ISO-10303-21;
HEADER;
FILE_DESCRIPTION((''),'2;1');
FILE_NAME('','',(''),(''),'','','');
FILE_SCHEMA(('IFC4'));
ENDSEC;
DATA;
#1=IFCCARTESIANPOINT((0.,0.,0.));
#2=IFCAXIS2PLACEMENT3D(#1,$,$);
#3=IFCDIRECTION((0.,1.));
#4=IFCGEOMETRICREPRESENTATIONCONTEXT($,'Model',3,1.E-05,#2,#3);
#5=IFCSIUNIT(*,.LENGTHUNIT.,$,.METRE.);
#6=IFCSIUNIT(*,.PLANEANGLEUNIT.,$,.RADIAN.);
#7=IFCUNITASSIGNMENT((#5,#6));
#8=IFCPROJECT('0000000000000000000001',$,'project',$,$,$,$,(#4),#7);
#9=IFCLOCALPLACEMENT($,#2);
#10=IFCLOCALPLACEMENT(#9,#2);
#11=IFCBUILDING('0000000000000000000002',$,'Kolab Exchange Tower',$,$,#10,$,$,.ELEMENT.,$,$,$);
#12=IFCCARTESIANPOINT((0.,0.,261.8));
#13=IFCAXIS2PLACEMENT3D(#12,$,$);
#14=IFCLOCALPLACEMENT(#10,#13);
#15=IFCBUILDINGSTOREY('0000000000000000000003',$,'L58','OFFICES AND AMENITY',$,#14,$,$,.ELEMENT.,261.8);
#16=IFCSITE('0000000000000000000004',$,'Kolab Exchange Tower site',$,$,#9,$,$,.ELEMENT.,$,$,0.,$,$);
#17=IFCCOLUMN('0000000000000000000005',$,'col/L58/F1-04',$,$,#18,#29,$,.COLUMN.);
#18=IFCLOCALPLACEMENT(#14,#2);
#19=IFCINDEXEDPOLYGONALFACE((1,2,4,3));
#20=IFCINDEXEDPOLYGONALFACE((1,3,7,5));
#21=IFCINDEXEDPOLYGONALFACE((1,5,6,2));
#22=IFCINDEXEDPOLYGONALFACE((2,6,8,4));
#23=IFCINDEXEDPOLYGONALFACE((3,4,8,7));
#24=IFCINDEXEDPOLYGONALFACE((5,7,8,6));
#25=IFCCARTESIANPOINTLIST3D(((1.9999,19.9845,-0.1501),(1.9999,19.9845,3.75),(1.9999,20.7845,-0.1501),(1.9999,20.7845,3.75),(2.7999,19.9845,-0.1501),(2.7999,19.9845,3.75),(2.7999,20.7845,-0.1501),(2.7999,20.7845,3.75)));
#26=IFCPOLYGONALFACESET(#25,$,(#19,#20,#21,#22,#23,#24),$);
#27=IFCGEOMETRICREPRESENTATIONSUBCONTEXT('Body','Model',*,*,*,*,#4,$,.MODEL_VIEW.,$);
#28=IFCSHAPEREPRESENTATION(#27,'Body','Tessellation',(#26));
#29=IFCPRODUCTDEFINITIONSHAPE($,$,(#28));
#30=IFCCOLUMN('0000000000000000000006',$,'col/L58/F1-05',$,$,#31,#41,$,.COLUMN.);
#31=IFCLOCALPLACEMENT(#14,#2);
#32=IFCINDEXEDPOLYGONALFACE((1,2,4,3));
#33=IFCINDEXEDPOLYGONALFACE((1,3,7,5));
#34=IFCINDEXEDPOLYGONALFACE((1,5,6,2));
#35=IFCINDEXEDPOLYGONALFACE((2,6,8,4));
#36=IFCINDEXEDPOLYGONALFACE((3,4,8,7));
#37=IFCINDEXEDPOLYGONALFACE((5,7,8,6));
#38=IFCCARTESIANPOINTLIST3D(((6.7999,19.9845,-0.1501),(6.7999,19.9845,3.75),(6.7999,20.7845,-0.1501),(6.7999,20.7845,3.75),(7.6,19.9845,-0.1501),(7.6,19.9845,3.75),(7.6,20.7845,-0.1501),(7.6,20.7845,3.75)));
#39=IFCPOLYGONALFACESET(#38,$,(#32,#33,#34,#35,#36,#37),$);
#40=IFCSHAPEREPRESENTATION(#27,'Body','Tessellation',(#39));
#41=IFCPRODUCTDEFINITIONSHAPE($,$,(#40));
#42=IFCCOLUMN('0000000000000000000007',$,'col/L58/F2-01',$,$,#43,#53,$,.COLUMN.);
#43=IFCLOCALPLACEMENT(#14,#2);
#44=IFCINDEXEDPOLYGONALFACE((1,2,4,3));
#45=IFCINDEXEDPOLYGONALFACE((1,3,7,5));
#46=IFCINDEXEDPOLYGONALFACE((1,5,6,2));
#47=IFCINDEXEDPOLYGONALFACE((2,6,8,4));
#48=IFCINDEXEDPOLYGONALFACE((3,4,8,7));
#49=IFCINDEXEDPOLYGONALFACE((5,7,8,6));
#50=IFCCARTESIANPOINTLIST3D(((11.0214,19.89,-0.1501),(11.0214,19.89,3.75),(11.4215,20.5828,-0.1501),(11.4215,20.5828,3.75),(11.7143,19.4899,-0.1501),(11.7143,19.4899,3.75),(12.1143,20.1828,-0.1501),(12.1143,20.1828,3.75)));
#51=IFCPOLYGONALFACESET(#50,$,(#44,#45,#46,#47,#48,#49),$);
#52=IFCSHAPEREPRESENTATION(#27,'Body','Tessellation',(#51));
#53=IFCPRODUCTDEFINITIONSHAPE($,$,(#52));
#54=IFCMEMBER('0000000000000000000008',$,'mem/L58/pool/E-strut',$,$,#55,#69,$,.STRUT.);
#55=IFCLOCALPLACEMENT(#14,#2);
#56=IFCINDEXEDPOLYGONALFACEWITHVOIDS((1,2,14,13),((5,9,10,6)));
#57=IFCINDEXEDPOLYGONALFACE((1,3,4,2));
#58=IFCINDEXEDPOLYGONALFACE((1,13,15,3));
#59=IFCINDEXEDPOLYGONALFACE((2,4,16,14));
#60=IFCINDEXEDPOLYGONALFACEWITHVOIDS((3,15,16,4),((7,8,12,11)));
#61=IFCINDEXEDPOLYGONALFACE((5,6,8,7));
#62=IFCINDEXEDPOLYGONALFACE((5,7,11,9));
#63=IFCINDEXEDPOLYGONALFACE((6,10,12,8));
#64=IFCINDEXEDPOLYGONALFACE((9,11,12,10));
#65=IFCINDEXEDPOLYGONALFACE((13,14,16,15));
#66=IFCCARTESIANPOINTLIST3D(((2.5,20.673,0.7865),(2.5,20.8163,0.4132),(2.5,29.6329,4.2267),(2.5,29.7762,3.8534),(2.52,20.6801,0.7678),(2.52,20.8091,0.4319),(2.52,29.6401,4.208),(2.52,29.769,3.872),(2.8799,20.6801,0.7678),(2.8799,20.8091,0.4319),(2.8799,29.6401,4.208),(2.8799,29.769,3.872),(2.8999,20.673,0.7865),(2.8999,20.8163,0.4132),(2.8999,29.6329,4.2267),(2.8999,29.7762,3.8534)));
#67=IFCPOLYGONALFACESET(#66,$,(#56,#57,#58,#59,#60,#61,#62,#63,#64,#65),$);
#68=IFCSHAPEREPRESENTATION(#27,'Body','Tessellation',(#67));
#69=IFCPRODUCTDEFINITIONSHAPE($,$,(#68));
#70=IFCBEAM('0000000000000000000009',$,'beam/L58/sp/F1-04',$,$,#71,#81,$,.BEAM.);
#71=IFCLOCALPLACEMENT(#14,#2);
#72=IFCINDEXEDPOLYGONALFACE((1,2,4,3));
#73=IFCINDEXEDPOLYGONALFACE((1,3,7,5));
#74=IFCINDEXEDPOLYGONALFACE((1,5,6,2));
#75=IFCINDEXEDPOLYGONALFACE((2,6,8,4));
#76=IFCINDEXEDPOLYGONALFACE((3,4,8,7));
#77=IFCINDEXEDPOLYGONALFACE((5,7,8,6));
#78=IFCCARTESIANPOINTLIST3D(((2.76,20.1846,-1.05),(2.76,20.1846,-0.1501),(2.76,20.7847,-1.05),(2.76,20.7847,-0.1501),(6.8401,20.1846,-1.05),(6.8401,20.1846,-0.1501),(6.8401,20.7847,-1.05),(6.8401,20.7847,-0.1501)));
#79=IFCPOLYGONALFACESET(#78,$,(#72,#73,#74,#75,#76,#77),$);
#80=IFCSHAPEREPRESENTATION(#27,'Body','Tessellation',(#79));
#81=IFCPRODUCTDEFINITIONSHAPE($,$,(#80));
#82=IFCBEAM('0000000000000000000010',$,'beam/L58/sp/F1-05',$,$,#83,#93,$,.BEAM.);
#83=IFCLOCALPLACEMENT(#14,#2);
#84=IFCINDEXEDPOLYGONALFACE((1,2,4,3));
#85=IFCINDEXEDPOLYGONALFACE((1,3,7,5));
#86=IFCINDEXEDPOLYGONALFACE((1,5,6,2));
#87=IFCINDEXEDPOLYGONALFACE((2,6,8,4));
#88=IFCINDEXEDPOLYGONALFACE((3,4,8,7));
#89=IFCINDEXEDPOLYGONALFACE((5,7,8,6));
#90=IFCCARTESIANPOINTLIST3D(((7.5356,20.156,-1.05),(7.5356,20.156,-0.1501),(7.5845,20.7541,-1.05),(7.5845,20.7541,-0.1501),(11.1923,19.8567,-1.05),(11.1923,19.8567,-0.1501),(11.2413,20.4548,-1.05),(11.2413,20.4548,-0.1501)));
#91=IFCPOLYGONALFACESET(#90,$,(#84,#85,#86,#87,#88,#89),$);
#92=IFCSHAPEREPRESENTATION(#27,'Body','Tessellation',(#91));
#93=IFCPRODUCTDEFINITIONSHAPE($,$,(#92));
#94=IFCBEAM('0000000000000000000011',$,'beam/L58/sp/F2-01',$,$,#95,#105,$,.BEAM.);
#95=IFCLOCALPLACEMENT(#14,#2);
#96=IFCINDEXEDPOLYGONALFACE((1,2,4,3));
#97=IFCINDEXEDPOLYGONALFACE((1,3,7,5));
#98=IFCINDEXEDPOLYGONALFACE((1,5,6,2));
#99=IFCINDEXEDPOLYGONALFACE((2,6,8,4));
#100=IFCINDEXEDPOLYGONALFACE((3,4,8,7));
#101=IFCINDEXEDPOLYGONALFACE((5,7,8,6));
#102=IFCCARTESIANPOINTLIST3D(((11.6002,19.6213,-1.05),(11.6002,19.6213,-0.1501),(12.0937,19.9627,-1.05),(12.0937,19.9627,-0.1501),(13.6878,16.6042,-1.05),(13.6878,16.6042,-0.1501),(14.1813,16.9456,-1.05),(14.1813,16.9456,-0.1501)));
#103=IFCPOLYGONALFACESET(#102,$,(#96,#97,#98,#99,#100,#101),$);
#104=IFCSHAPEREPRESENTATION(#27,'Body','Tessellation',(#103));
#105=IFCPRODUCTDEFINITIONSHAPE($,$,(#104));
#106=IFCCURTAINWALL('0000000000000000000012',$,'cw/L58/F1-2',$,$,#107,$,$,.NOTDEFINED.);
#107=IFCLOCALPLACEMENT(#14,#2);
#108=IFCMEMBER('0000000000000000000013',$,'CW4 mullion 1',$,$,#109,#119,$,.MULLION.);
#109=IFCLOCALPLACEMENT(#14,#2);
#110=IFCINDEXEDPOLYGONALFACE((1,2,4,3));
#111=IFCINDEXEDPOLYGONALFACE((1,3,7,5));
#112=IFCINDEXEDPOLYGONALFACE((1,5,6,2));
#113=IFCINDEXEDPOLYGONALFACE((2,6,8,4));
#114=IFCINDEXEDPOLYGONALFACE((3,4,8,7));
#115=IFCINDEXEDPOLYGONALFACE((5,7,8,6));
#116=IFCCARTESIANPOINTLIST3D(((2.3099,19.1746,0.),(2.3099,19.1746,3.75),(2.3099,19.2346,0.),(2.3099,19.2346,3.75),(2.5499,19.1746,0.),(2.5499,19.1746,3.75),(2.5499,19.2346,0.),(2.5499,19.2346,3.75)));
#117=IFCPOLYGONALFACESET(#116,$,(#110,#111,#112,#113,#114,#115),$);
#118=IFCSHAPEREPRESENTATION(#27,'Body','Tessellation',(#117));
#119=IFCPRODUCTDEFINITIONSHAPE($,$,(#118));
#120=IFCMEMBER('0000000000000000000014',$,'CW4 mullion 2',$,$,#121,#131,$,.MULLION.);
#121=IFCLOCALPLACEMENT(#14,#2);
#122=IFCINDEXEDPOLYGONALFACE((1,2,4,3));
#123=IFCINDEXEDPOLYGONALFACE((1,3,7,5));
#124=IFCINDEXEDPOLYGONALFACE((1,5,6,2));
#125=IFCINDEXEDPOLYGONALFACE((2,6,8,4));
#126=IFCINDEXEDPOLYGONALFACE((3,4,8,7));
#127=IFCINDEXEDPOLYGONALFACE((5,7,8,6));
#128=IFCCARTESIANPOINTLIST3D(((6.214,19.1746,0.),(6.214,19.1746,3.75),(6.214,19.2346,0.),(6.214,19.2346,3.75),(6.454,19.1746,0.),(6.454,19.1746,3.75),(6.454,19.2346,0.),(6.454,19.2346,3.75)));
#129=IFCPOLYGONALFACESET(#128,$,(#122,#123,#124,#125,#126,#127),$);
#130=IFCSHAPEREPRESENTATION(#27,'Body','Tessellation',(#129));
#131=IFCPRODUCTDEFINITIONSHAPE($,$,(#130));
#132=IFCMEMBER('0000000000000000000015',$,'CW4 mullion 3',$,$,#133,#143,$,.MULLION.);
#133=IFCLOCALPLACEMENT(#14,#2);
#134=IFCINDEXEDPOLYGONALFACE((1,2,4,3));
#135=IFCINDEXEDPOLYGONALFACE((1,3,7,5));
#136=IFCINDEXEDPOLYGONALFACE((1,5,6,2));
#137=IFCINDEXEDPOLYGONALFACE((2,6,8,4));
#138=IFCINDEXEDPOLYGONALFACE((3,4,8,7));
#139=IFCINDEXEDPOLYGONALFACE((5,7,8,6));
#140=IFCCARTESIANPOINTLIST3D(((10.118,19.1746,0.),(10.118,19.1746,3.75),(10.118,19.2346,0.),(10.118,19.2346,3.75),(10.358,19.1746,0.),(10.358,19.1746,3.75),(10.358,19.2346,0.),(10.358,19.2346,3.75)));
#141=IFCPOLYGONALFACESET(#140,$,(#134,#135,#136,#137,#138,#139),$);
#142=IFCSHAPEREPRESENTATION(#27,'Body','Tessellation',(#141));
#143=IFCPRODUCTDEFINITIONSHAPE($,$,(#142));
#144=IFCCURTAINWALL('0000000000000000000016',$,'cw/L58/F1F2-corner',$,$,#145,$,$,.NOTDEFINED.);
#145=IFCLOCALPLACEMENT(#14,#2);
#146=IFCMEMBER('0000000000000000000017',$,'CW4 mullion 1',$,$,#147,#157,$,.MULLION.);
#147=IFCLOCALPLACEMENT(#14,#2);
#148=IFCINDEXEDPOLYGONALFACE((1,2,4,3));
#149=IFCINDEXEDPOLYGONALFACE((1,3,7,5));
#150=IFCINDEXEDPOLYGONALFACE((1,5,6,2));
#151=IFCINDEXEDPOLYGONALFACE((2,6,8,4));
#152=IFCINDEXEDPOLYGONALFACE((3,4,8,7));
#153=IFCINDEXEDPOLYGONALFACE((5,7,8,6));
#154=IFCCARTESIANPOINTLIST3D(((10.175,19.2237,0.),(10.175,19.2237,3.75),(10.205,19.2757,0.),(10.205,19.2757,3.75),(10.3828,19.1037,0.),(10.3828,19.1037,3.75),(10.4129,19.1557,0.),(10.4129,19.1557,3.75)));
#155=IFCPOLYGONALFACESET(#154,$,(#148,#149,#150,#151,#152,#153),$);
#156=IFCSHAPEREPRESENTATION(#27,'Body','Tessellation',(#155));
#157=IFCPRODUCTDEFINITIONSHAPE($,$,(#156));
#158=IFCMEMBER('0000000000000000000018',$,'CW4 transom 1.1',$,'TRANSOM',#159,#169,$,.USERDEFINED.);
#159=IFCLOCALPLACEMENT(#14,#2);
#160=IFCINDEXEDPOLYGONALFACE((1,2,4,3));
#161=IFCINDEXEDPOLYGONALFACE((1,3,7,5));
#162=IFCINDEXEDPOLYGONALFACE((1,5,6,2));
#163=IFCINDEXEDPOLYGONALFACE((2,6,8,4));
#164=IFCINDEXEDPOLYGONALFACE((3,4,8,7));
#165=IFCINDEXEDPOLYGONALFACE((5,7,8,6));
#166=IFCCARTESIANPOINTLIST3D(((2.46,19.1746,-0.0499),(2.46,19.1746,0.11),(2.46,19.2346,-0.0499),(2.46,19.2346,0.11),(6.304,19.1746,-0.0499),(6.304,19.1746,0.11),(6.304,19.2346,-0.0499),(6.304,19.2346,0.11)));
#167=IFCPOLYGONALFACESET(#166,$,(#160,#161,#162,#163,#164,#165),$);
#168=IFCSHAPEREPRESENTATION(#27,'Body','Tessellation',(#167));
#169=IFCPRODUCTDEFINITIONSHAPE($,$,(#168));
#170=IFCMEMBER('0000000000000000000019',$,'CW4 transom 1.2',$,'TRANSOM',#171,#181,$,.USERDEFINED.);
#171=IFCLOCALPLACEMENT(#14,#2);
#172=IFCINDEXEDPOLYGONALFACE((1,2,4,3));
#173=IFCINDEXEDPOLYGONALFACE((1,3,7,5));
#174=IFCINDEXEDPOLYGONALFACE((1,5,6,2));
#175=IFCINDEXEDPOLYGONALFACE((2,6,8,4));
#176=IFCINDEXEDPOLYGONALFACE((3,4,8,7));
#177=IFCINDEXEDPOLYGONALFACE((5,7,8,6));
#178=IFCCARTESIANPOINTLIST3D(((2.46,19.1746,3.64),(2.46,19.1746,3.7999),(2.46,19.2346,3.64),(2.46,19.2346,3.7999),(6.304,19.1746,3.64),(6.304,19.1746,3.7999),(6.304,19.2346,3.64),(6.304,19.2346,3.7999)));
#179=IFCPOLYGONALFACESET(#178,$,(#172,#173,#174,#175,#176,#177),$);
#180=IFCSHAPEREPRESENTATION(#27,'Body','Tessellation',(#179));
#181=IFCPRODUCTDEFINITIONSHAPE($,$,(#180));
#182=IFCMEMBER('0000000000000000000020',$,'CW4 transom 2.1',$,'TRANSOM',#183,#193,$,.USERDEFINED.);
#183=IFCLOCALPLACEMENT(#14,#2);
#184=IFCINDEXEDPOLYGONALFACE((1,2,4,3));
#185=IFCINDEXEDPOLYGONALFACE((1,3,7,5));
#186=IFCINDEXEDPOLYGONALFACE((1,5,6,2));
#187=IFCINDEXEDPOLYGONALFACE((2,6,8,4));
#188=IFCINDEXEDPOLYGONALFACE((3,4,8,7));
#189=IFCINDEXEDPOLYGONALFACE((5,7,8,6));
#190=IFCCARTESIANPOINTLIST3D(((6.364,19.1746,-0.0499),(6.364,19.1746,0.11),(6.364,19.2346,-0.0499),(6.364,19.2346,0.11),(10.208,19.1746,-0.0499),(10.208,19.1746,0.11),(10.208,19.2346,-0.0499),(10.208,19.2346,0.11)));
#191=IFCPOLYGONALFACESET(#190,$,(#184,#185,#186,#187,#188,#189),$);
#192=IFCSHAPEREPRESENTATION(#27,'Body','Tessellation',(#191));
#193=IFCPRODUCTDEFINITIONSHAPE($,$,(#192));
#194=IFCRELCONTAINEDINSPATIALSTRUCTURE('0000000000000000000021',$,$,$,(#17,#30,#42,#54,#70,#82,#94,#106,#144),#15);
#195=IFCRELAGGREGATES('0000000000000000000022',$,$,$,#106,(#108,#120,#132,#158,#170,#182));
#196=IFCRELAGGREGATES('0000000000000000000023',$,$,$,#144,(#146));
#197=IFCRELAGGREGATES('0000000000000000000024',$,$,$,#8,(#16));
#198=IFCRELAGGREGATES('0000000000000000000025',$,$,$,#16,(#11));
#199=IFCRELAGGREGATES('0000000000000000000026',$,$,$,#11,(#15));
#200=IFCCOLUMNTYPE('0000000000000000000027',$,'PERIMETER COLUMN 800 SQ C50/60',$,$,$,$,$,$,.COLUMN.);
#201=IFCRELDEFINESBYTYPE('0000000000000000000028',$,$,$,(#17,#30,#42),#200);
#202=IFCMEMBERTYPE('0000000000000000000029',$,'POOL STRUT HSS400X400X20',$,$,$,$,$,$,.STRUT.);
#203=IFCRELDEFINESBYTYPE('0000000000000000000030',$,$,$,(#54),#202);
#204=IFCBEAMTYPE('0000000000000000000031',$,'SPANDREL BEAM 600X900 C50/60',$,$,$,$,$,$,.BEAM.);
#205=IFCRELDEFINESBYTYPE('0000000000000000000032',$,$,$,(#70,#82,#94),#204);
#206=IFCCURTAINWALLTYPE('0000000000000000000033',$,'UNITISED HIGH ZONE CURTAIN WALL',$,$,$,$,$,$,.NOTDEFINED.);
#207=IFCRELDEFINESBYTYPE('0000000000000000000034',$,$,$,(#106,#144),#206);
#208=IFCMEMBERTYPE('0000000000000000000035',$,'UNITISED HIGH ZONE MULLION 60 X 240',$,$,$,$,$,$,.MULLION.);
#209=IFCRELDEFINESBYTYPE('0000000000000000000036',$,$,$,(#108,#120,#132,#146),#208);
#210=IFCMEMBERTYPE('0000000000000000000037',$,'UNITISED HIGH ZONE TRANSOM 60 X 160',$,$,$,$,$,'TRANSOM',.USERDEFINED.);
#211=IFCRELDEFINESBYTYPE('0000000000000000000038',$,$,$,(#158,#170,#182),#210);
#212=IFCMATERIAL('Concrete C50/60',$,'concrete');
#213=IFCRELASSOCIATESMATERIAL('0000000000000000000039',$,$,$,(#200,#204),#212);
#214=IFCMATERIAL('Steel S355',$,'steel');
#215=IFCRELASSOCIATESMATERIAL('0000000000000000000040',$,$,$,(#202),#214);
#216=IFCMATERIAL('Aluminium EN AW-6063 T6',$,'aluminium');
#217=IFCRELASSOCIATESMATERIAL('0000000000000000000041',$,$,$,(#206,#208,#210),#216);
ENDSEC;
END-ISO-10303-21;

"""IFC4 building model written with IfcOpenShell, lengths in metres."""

from ifc_helpers import new_model, si_unit, direction, frame, origin, origin_2d, place, context, subcontext, project, spatial, rectangle, hollow_rectangle, extrude, material, material_profile, profile_set, type_object, element, aggregate, save


model = new_model("IFC4")

# Units and contexts
model_context = context("Model", 3, precision=1e-05, world=origin(), true_north=direction((0.0, 1.0)))
body_context = subcontext(model_context, "Body", "Model", "MODEL_VIEW")
ifc_project = project(units=[si_unit("LENGTHUNIT", "METRE"), si_unit("PLANEANGLEUNIT", "RADIAN")], contexts=[model_context])

# Site, building, storey
site_placement = place(None, origin())
site = spatial("IfcSite", under=ifc_project, at=site_placement, Name="Kolab Exchange Tower site", CompositionType="ELEMENT", RefElevation=0.0)
building_placement = place(site_placement, origin())
building = spatial("IfcBuilding", under=site, at=building_placement, Name="Kolab Exchange Tower", CompositionType="ELEMENT")
storey_placement = place(building_placement, frame((0.0, 0.0, 261.8)))
storey = spatial("IfcBuildingStorey", under=building, at=storey_placement, Name="L58", Description="OFFICES AND AMENITY", CompositionType="ELEMENT", Elevation=261.8)

# Columns
ifc_material_1 = material(Name="Concrete C50/60", Category="concrete")
ifc_material_profile_1 = material_profile(ifc_material_1, rectangle(XDim=0.8, YDim=0.8, at=origin_2d()), Name="RC800")
ifc_profile_set_1 = profile_set([ifc_material_profile_1], Name="Concrete C50/60")
column_type = type_object("IfcColumnType", Name="PERIMETER COLUMN 800 SQ C50/60", PredefinedType="COLUMN", material=ifc_profile_set_1)
for number, where, z_axis, x_axis, name in (
    (1, (2.3999, 20.3845, -0.1501), (0.0, 0.0, 1.0), (1.0, 0.0, 0.0), "col/L58/F1-04"),
    (2, (7.2, 20.3845, -0.1501), (0.0, 0.0, 1.0), (1.0, 0.0, 0.0), "col/L58/F1-05"),
    (3, (11.5679, 20.0364, -0.1501), (0.0, 0.0, 1.0), (0.5, 0.866025, 0.0), "col/L58/F2-01"),
):
    element("IfcColumn", number, at=place(storey_placement, frame(where, z_axis=z_axis, x_axis=x_axis)), inside=storey, type_object=column_type, Name=name, PredefinedType="COLUMN", context=body_context, shape_type="SweptSolid", body=[
        extrude(rectangle(XDim=0.8, YDim=0.8, at=origin_2d()), origin(), (0.0, 0.0, 1.0), 3.9001),
    ])

# Member
ifc_material_2 = material(Name="Steel S355", Category="steel")
ifc_material_profile_2 = material_profile(ifc_material_2, hollow_rectangle(XDim=0.3999, YDim=0.3999, WallThickness=0.02, at=origin_2d()), Name="HSS400X400X20")
ifc_profile_set_2 = profile_set([ifc_material_profile_2], Name="Steel S355")
member_type_1 = type_object("IfcMemberType", Name="POOL STRUT HSS400X400X20", PredefinedType="STRUT", material=ifc_profile_set_2)
member_1_placement = place(storey_placement, frame((2.7, 20.7446, 0.5999), z_axis=(0.0, 0.933553, 0.358439), x_axis=(-1.0, 0.0, 0.0)))
element("IfcMember", 4, at=member_1_placement, inside=storey, type_object=member_type_1, Name="mem/L58/pool/E-strut", PredefinedType="STRUT", context=body_context, shape_type="SweptSolid", body=[
    extrude(hollow_rectangle(XDim=0.3999, YDim=0.3999, WallThickness=0.02, at=origin_2d()), origin(), (0.0, 0.0, 1.0), 9.5977),
])

# Beams
ifc_material_profile_3 = material_profile(ifc_material_1, rectangle(XDim=0.6001, YDim=0.8999, at=origin_2d()), Name="RC600X900")
ifc_profile_set_3 = profile_set([ifc_material_profile_3], Name="Concrete C50/60")
beam_type = type_object("IfcBeamType", Name="SPANDREL BEAM 600X900 C50/60", PredefinedType="BEAM", material=ifc_profile_set_3)
beam_placement = place(storey_placement, frame((2.76, 20.4846, -0.6001), z_axis=(1.0, 0.0, 0.0), x_axis=(0.0, 1.0, 0.0)))
element("IfcBeam", 5, at=beam_placement, inside=storey, type_object=beam_type, Name="beam/L58/sp/F1-04", PredefinedType="BEAM", context=body_context, shape_type="SweptSolid", body=[
    extrude(rectangle(XDim=0.6001, YDim=0.8999, at=origin_2d()), origin(), (0.0, 0.0, 1.0), 4.0801),
])
for number, where, z_axis, x_axis, name in (
    (6, (7.5601, 20.4551, -0.6001), (0.996667, -0.081581, 0.0), (0.081581, 0.996667, 0.0), "beam/L58/sp/F1-05"),
    (7, (11.8469, 19.792, -0.6001), (0.569006, -0.822334, 0.0), (0.822334, 0.569006, 0.0), "beam/L58/sp/F2-01"),
):
    element("IfcBeam", number, at=place(storey_placement, frame(where, z_axis=z_axis, x_axis=x_axis)), inside=storey, type_object=beam_type, Name=name, PredefinedType="BEAM", context=body_context, shape_type="SweptSolid", body=[
        extrude(rectangle(XDim=0.6001, YDim=0.8999, at=origin_2d()), origin(), (0.0, 0.0, 1.0), 3.6689),
    ])

# Curtain wall, members
ifc_material_3 = material(Name="Aluminium EN AW-6063 T6", Category="aluminium")
curtain_wall_type = type_object("IfcCurtainWallType", Name="UNITISED HIGH ZONE CURTAIN WALL", PredefinedType="NOTDEFINED", material=ifc_material_3)
curtain_wall_1_placement = place(storey_placement, origin())
curtain_wall_1 = element("IfcCurtainWall", 8, at=curtain_wall_1_placement, inside=storey, type_object=curtain_wall_type, Name="cw/L58/F1-2", PredefinedType="NOTDEFINED")
ifc_material_profile_4 = material_profile(ifc_material_3, rectangle(XDim=0.0601, YDim=0.24, at=origin_2d()), Name="RECT 60X240")
ifc_profile_set_4 = profile_set([ifc_material_profile_4], Name="Aluminium EN AW-6063 T6")
member_type_2 = type_object("IfcMemberType", Name="UNITISED HIGH ZONE MULLION 60 X 240", PredefinedType="MULLION", material=ifc_profile_set_4)
member_2_placement = place(storey_placement, frame((2.4299, 19.2046, 0.0), z_axis=(0.0, 0.0, 1.0), x_axis=(0.0, 1.0, 0.0)))
member_2 = element("IfcMember", 9, at=member_2_placement, type_object=member_type_2, Name="CW4 mullion 1", PredefinedType="MULLION", context=body_context, shape_type="SweptSolid", body=[
    extrude(rectangle(XDim=0.0601, YDim=0.24, at=origin_2d()), origin(), (0.0, 0.0, 1.0), 3.75),
])
member_3_placement = place(storey_placement, frame((6.334, 19.2046, 0.0), z_axis=(0.0, 0.0, 1.0), x_axis=(0.0, 1.0, 0.0)))
member_3 = element("IfcMember", 10, at=member_3_placement, type_object=member_type_2, Name="CW4 mullion 2", PredefinedType="MULLION", context=body_context, shape_type="SweptSolid", body=[
    extrude(rectangle(XDim=0.0601, YDim=0.24, at=origin_2d()), origin(), (0.0, 0.0, 1.0), 3.75),
])
member_4_placement = place(storey_placement, frame((10.238, 19.2046, 0.0), z_axis=(0.0, 0.0, 1.0), x_axis=(0.0, 1.0, 0.0)))
member_4 = element("IfcMember", 11, at=member_4_placement, type_object=member_type_2, Name="CW4 mullion 3", PredefinedType="MULLION", context=body_context, shape_type="SweptSolid", body=[
    extrude(rectangle(XDim=0.0601, YDim=0.24, at=origin_2d()), origin(), (0.0, 0.0, 1.0), 3.75),
])

# Curtain wall, member
curtain_wall_2_placement = place(storey_placement, origin())
curtain_wall_2 = element("IfcCurtainWall", 12, at=curtain_wall_2_placement, inside=storey, type_object=curtain_wall_type, Name="cw/L58/F1F2-corner", PredefinedType="NOTDEFINED")
member_5_placement = place(storey_placement, frame((10.2939, 19.1897, 0.0), z_axis=(0.0, 0.0, 1.0), x_axis=(0.5, 0.866025, 0.0)))
member_5 = element("IfcMember", 13, at=member_5_placement, type_object=member_type_2, Name="CW4 mullion 1", PredefinedType="MULLION", context=body_context, shape_type="SweptSolid", body=[
    extrude(rectangle(XDim=0.0601, YDim=0.24, at=origin_2d()), origin(), (0.0, 0.0, 1.0), 3.75),
])

# Members
ifc_material_profile_5 = material_profile(ifc_material_3, rectangle(XDim=0.0601, YDim=0.1599, at=origin_2d()), Name="RECT 60X160")
ifc_profile_set_5 = profile_set([ifc_material_profile_5], Name="Aluminium EN AW-6063 T6")
member_type_3 = type_object("IfcMemberType", Name="UNITISED HIGH ZONE TRANSOM 60 X 160", ElementType="TRANSOM", PredefinedType="USERDEFINED", material=ifc_profile_set_5)
member_6_placement = place(storey_placement, frame((2.46, 19.2046, 0.03), z_axis=(1.0, 0.0, 0.0), x_axis=(0.0, 1.0, 0.0)))
member_6 = element("IfcMember", 14, at=member_6_placement, type_object=member_type_3, Name="CW4 transom 1.1", ObjectType="TRANSOM", PredefinedType="USERDEFINED", context=body_context, shape_type="SweptSolid", body=[
    extrude(rectangle(XDim=0.0601, YDim=0.1599, at=origin_2d()), origin(), (0.0, 0.0, 1.0), 3.844),
])
member_7_placement = place(storey_placement, frame((2.46, 19.2046, 3.72), z_axis=(1.0, 0.0, 0.0), x_axis=(0.0, 1.0, 0.0)))
member_7 = element("IfcMember", 15, at=member_7_placement, type_object=member_type_3, Name="CW4 transom 1.2", ObjectType="TRANSOM", PredefinedType="USERDEFINED", context=body_context, shape_type="SweptSolid", body=[
    extrude(rectangle(XDim=0.0601, YDim=0.1599, at=origin_2d()), origin(), (0.0, 0.0, 1.0), 3.844),
])
member_8_placement = place(storey_placement, frame((6.364, 19.2046, 0.03), z_axis=(1.0, 0.0, 0.0), x_axis=(0.0, 1.0, 0.0)))
member_8 = element("IfcMember", 16, at=member_8_placement, type_object=member_type_3, Name="CW4 transom 2.1", ObjectType="TRANSOM", PredefinedType="USERDEFINED", context=body_context, shape_type="SweptSolid", body=[
    extrude(rectangle(XDim=0.0601, YDim=0.1599, at=origin_2d()), origin(), (0.0, 0.0, 1.0), 3.844),
])

aggregate(curtain_wall_1, [member_2, member_3, member_4, member_6, member_7, member_8])
aggregate(curtain_wall_2, [member_5])

save(model, "model.ifc")
